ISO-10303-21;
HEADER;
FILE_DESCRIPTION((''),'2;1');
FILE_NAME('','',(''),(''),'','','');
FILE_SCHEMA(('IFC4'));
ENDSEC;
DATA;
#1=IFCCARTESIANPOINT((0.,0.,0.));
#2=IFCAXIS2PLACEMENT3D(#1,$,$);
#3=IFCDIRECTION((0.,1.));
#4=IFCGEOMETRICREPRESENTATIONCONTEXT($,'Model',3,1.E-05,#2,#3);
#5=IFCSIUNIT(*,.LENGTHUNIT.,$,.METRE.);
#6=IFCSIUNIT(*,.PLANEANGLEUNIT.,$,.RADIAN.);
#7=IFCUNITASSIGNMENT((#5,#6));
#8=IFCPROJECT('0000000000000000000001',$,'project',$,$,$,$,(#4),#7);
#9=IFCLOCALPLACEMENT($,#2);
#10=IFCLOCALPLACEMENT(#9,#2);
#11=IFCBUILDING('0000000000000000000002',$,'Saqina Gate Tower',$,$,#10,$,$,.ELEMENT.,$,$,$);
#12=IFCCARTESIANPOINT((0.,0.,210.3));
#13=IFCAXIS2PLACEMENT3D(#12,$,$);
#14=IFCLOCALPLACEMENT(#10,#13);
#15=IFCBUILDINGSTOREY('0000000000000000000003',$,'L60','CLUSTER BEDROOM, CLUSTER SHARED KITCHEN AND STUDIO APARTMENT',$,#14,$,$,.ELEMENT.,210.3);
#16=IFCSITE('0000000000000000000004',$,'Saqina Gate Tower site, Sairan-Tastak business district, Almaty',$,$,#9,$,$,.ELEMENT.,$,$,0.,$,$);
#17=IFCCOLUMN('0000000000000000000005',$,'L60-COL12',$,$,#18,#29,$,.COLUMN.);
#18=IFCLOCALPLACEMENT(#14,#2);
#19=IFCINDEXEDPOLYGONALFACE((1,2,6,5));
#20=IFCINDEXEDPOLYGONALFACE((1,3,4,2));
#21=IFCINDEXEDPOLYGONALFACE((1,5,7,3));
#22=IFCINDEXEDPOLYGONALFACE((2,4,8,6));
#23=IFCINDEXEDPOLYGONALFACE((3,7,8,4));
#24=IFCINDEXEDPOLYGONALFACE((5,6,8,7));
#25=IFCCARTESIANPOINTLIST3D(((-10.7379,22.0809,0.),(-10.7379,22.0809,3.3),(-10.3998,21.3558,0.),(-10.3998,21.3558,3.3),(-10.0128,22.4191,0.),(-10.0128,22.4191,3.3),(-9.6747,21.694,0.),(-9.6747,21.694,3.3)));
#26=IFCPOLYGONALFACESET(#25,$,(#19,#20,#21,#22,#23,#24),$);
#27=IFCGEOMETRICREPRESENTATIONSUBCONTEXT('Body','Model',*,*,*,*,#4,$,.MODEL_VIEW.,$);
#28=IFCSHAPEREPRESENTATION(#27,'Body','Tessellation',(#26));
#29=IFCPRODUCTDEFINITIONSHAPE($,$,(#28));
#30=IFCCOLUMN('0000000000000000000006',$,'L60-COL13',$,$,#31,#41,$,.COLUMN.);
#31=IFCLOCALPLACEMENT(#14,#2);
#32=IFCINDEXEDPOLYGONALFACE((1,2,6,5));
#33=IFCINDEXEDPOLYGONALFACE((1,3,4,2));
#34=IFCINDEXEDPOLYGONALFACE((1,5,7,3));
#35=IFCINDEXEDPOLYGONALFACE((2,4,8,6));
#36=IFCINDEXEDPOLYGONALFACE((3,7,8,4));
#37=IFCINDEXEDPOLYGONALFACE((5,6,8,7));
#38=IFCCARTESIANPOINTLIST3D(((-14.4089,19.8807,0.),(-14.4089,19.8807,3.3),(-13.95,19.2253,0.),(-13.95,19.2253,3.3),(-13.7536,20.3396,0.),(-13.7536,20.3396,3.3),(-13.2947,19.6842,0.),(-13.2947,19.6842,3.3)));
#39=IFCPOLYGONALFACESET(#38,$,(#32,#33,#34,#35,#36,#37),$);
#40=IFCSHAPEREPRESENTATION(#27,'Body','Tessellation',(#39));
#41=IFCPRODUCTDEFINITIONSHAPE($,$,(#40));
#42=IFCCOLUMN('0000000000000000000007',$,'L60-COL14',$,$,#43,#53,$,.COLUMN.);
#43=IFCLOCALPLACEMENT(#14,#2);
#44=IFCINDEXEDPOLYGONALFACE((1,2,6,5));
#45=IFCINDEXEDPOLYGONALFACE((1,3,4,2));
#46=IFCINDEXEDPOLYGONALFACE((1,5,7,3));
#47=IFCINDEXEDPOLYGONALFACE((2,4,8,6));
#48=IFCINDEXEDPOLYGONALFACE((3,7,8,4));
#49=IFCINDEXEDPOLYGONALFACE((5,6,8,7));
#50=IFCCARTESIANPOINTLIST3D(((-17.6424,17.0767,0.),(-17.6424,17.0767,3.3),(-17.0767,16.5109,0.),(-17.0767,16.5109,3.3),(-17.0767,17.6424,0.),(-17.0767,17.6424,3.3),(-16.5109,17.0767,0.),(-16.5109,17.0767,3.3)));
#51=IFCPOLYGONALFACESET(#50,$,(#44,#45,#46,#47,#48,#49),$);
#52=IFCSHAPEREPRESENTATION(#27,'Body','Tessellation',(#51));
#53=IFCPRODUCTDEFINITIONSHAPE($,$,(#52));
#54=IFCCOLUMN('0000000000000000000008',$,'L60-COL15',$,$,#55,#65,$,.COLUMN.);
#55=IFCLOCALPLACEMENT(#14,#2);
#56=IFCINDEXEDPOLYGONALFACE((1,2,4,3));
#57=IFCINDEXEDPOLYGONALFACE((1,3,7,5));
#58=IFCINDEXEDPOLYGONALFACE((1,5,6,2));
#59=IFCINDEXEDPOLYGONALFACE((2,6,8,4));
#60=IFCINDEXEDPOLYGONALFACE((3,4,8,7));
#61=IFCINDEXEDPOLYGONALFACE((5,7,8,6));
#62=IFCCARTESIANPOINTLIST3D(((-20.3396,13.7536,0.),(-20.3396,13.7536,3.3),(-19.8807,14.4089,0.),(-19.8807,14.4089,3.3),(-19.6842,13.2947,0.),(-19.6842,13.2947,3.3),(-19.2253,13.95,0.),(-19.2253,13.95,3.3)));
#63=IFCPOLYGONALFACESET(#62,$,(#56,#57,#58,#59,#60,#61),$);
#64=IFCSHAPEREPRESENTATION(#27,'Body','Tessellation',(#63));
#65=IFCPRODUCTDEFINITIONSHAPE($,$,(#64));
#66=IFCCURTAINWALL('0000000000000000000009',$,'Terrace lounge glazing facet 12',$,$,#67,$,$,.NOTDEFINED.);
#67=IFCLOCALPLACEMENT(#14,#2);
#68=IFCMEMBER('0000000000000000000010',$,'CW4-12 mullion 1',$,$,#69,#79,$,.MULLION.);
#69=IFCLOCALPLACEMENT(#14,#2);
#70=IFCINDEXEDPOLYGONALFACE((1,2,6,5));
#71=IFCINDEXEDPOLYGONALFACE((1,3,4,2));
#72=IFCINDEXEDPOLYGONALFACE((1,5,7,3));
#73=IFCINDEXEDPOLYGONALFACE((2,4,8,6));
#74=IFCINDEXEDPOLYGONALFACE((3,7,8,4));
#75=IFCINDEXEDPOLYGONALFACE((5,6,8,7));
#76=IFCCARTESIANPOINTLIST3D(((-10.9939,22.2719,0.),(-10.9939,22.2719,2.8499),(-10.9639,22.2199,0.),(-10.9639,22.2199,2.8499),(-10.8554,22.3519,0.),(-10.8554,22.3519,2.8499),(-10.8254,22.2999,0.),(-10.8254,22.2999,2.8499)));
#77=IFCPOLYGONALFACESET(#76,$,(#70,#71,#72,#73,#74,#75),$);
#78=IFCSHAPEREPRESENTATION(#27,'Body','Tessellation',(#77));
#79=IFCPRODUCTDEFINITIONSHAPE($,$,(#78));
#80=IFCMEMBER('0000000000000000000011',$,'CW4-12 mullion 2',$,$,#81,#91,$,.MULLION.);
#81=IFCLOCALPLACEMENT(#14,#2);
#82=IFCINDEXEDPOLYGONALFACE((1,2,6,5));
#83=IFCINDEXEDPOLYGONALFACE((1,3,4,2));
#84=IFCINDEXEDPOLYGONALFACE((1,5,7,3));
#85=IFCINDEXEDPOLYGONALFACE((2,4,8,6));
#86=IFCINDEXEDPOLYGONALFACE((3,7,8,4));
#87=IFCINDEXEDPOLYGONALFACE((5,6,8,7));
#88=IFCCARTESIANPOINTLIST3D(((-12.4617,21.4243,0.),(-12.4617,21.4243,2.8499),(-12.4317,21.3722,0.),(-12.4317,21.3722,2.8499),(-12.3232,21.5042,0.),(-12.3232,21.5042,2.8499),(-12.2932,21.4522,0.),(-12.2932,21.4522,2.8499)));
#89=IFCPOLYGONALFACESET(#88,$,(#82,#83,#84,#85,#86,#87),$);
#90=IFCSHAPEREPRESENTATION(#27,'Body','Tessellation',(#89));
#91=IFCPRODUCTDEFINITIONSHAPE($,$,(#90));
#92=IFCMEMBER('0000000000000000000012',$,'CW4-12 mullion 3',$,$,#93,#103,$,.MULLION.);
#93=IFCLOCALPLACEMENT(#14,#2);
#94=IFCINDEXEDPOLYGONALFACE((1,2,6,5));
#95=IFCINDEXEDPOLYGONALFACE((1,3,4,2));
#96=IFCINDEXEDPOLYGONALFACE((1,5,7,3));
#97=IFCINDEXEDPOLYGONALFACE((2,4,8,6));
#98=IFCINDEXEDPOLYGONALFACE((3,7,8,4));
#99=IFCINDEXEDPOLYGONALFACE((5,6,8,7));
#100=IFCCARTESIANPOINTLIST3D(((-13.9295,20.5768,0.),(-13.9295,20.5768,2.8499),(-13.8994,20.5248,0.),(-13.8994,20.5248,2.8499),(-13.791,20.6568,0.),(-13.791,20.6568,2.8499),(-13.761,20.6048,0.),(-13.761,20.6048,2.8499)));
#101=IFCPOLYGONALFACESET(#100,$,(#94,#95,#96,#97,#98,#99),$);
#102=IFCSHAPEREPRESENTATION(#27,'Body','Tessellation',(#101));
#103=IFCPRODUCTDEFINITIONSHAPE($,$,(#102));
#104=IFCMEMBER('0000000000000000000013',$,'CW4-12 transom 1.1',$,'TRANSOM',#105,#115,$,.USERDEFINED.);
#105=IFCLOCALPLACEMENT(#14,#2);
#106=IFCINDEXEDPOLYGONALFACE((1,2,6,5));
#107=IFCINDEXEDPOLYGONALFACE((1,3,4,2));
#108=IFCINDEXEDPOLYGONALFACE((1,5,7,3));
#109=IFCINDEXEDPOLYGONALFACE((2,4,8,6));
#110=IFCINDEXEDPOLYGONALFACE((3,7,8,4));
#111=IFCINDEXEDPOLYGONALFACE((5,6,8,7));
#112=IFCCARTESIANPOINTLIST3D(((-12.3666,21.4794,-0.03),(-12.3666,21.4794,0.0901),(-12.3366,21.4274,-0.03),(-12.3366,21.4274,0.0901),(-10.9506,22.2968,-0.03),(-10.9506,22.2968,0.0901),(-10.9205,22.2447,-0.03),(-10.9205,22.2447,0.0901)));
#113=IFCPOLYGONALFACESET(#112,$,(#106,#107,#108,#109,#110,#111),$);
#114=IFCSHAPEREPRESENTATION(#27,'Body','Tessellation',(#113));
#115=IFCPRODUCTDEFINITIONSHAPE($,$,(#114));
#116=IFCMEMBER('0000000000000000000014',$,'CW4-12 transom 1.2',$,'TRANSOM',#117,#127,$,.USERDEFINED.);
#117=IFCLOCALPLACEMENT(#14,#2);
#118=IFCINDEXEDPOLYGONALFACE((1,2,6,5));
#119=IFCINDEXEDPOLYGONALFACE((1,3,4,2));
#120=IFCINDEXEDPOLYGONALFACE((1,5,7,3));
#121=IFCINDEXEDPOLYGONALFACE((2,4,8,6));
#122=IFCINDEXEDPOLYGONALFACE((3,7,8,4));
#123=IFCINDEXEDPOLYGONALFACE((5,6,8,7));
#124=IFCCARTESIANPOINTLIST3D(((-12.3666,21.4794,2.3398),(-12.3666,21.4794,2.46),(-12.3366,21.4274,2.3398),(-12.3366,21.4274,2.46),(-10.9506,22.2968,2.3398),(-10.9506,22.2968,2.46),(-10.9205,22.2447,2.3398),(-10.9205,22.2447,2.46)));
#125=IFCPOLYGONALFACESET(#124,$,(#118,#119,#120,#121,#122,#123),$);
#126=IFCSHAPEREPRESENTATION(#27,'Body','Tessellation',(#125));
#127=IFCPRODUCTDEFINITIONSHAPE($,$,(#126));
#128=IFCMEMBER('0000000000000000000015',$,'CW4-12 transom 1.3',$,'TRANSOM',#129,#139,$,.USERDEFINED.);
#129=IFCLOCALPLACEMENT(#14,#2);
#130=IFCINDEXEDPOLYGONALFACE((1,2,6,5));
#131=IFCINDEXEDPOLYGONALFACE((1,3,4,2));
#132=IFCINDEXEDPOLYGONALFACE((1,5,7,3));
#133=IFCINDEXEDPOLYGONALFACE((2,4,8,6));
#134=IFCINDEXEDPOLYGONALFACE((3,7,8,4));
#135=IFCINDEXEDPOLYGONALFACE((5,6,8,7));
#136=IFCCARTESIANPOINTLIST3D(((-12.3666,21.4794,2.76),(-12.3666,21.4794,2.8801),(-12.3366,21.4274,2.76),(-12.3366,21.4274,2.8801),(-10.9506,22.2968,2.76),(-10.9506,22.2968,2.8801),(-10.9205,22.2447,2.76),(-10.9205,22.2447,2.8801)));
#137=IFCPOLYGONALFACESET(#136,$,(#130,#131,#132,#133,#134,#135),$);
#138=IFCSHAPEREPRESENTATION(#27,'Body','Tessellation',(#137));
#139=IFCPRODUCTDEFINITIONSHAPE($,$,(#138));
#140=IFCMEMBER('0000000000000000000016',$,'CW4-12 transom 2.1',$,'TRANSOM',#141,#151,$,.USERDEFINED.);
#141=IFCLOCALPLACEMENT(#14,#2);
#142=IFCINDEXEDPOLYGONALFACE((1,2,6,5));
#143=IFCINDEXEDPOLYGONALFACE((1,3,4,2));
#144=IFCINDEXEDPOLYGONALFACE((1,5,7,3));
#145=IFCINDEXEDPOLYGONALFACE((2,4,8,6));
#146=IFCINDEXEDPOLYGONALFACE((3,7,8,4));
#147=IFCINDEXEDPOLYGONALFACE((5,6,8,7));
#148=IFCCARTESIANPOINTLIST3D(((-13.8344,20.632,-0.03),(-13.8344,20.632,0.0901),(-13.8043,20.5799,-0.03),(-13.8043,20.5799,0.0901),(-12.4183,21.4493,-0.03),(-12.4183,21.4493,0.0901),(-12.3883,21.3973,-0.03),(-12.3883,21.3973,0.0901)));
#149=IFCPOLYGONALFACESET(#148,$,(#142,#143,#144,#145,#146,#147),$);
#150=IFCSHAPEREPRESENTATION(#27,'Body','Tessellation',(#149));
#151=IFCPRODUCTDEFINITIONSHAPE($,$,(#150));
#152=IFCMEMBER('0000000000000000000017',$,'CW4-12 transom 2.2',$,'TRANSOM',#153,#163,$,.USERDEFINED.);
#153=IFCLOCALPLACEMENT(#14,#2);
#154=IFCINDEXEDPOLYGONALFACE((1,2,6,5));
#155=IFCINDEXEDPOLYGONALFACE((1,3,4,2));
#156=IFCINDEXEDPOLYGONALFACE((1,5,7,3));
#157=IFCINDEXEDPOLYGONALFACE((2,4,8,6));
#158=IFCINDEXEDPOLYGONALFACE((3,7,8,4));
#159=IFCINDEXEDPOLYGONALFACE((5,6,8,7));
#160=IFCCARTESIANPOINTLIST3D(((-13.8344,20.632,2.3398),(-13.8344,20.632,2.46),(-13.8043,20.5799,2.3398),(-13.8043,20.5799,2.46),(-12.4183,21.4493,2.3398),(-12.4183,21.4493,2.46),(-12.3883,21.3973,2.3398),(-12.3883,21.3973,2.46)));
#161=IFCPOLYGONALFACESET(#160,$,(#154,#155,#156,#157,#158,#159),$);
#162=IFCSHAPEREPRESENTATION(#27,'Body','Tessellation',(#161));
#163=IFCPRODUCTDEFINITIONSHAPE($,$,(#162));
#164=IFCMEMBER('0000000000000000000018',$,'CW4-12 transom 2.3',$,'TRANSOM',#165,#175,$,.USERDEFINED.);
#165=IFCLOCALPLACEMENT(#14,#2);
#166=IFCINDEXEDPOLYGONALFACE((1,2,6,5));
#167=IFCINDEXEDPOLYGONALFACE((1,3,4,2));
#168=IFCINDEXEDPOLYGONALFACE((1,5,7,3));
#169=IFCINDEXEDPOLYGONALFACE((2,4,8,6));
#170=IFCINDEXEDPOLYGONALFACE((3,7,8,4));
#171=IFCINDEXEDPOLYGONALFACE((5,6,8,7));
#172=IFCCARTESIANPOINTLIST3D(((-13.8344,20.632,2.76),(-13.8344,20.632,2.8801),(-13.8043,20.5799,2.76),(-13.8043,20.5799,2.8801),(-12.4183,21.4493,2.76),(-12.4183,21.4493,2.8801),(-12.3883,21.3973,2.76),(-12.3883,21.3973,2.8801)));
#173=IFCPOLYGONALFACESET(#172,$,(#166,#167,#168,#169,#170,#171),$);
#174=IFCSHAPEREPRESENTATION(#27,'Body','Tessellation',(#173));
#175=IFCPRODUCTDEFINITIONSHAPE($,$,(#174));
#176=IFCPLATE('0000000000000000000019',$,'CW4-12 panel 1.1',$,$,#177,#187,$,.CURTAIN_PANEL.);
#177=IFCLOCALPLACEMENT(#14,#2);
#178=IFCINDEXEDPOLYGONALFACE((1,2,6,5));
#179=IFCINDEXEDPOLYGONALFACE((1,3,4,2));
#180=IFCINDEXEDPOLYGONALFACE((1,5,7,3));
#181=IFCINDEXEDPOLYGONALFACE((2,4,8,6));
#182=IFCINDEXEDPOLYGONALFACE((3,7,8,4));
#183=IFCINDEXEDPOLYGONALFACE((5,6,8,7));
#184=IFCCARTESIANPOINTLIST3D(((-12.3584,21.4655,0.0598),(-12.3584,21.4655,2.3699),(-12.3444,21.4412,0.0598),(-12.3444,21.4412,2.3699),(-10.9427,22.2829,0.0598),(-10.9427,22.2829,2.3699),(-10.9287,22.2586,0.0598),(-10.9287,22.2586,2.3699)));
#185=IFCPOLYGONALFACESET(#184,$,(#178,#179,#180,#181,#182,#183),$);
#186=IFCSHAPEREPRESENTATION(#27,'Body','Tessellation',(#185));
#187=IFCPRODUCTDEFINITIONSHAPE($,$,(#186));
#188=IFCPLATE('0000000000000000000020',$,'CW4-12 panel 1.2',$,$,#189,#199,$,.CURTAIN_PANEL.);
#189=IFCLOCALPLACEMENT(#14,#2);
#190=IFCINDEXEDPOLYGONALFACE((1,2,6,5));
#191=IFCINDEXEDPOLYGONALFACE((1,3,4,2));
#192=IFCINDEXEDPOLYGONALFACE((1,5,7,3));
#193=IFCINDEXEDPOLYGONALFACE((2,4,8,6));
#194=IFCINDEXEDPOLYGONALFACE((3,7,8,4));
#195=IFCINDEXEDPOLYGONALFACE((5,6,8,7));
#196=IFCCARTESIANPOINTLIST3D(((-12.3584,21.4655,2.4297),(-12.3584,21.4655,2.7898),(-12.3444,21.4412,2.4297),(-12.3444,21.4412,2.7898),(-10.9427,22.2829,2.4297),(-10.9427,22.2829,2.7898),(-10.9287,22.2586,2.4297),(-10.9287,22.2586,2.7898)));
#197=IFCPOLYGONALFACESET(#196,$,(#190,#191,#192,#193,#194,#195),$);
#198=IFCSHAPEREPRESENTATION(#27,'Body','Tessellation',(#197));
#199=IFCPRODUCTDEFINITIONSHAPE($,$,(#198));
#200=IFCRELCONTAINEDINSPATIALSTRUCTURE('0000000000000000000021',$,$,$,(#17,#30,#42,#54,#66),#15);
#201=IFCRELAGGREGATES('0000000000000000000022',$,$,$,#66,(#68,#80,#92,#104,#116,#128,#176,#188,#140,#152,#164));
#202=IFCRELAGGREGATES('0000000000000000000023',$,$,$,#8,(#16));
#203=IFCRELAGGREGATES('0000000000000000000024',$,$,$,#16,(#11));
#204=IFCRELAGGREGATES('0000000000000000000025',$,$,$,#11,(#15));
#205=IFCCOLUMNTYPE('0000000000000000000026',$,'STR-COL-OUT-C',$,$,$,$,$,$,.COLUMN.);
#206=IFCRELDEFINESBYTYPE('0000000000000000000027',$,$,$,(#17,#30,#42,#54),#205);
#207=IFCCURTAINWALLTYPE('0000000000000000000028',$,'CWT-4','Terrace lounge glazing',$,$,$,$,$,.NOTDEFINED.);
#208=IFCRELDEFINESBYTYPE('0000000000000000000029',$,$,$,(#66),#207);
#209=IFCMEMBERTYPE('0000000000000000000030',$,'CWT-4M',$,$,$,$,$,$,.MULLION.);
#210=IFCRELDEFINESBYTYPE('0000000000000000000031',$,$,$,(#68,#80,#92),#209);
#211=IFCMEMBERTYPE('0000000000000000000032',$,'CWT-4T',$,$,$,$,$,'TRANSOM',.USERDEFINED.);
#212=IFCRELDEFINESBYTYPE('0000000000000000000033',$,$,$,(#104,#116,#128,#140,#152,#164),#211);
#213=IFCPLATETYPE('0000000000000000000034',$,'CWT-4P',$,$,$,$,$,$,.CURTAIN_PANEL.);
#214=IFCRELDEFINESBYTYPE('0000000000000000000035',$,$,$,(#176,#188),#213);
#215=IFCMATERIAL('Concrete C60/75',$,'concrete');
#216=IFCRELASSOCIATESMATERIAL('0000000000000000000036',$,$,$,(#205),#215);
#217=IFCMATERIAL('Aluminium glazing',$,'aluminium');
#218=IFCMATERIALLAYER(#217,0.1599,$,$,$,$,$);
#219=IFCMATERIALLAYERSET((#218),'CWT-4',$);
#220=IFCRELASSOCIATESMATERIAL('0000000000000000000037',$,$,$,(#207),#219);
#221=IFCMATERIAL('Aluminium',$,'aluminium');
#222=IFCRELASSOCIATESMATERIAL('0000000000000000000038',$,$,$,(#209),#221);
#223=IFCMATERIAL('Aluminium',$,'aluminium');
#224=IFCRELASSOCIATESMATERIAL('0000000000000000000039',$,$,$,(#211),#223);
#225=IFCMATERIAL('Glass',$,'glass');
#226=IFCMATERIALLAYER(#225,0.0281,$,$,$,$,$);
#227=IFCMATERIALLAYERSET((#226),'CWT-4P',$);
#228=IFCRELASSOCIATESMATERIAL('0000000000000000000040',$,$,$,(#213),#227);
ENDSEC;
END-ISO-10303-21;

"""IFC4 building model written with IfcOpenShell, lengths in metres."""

from ifc_helpers import new_model, si_unit, direction, frame, origin, origin_2d, place, context, subcontext, project, spatial, rectangle, extrude, material, layer, layer_set, material_profile, profile_set, type_object, element, aggregate, save


model = new_model("IFC4")

# Units and contexts
model_context = context("Model", 3, precision=1e-05, world=origin(), true_north=direction((0.0, 1.0)))
body_context = subcontext(model_context, "Body", "Model", "MODEL_VIEW")
ifc_project = project(units=[si_unit("LENGTHUNIT", "METRE"), si_unit("PLANEANGLEUNIT", "RADIAN")], contexts=[model_context])

# Site, building, storey
site_placement = place(None, origin())
site = spatial("IfcSite", under=ifc_project, at=site_placement, Name="Saqina Gate Tower site, Sairan-Tastak business district, Almaty", CompositionType="ELEMENT", RefElevation=0.0)
building_placement = place(site_placement, origin())
building = spatial("IfcBuilding", under=site, at=building_placement, Name="Saqina Gate Tower", CompositionType="ELEMENT")
storey_placement = place(building_placement, frame((0.0, 0.0, 210.3)))
storey = spatial("IfcBuildingStorey", under=building, at=storey_placement, Name="L60", Description="CLUSTER BEDROOM, CLUSTER SHARED KITCHEN AND STUDIO APARTMENT", CompositionType="ELEMENT", Elevation=210.3)

# Columns
ifc_material_1 = material(Name="Concrete C60/75", Category="concrete")
ifc_material_profile_1 = material_profile(ifc_material_1, rectangle(XDim=0.8, YDim=0.8, at=origin_2d()), Name="RC 800x800")
ifc_profile_set_1 = profile_set([ifc_material_profile_1], Name="Concrete C60/75")
column_type = type_object("IfcColumnType", Name="STR-COL-OUT-C", PredefinedType="COLUMN", material=ifc_profile_set_1)
for number, where, z_axis, x_axis, name in (
    (1, (-10.2063, 21.8875, 0.0), (0.0, 0.0, 1.0), (-0.422618, 0.906308, 0.0), "L60-COL12"),
    (2, (-13.8518, 19.7825, 0.0), (0.0, 0.0, 1.0), (-0.573576, 0.819152, 0.0), "L60-COL13"),
    (3, (-17.0767, 17.0767, 0.0), (0.0, 0.0, 1.0), (-0.707107, 0.707107, 0.0), "L60-COL14"),
    (4, (-19.7825, 13.8518, 0.0), (0.0, 0.0, 1.0), (-0.819152, 0.573576, 0.0), "L60-COL15"),
):
    element("IfcColumn", number, at=place(storey_placement, frame(where, z_axis=z_axis, x_axis=x_axis)), inside=storey, type_object=column_type, Name=name, PredefinedType="COLUMN", context=body_context, shape_type="SweptSolid", body=[
        extrude(rectangle(XDim=0.8, YDim=0.8, at=origin_2d()), origin(), (0.0, 0.0, 1.0), 3.3),
    ])

# Curtain wall, members, plates
ifc_material_2 = material(Name="Aluminium glazing", Category="aluminium")
ifc_layer_1 = layer(ifc_material_2, 0.1599)
ifc_layer_set_1 = layer_set([ifc_layer_1], Name="CWT-4")
curtain_wall_type = type_object("IfcCurtainWallType", Name="CWT-4", Description="Terrace lounge glazing", PredefinedType="NOTDEFINED", material=ifc_layer_set_1)
curtain_wall_placement = place(storey_placement, origin())
curtain_wall = element("IfcCurtainWall", 5, at=curtain_wall_placement, inside=storey, type_object=curtain_wall_type, Name="Terrace lounge glazing facet 12", PredefinedType="NOTDEFINED")
ifc_material_3 = material(Name="Aluminium", Category="aluminium")
ifc_material_profile_2 = material_profile(ifc_material_3, rectangle(XDim=0.0601, YDim=0.1599, at=origin_2d()), Name="Aluminium 60x160")
ifc_profile_set_2 = profile_set([ifc_material_profile_2], Name="Aluminium")
member_type_1 = type_object("IfcMemberType", Name="CWT-4M", PredefinedType="MULLION", material=ifc_profile_set_2)
member_1_placement = place(storey_placement, frame((-10.9097, 22.2859, 0.0), z_axis=(0.0, 0.0, 1.0), x_axis=(0.500014, -0.866017, 0.0)))
member_1 = element("IfcMember", 6, at=member_1_placement, type_object=member_type_1, Name="CW4-12 mullion 1", PredefinedType="MULLION", context=body_context, shape_type="SweptSolid", body=[
    extrude(rectangle(XDim=0.0601, YDim=0.1599, at=origin_2d()), origin(), (0.0, 0.0, 1.0), 2.8499),
])
member_2_placement = place(storey_placement, frame((-12.3774, 21.4382, 0.0), z_axis=(0.0, 0.0, 1.0), x_axis=(0.500014, -0.866017, 0.0)))
member_2 = element("IfcMember", 7, at=member_2_placement, type_object=member_type_1, Name="CW4-12 mullion 2", PredefinedType="MULLION", context=body_context, shape_type="SweptSolid", body=[
    extrude(rectangle(XDim=0.0601, YDim=0.1599, at=origin_2d()), origin(), (0.0, 0.0, 1.0), 2.8499),
])
member_3_placement = place(storey_placement, frame((-13.8452, 20.5908, 0.0), z_axis=(0.0, 0.0, 1.0), x_axis=(0.500014, -0.866017, 0.0)))
member_3 = element("IfcMember", 8, at=member_3_placement, type_object=member_type_1, Name="CW4-12 mullion 3", PredefinedType="MULLION", context=body_context, shape_type="SweptSolid", body=[
    extrude(rectangle(XDim=0.0601, YDim=0.1599, at=origin_2d()), origin(), (0.0, 0.0, 1.0), 2.8499),
])
ifc_material_4 = material(Name="Aluminium", Category="aluminium")
ifc_material_profile_3 = material_profile(ifc_material_4, rectangle(XDim=0.0601, YDim=0.1201, at=origin_2d()), Name="Aluminium 60x120")
ifc_profile_set_3 = profile_set([ifc_material_profile_3], Name="Aluminium")
member_type_2 = type_object("IfcMemberType", Name="CWT-4T", ElementType="TRANSOM", PredefinedType="USERDEFINED", material=ifc_profile_set_3)
member_4_placement = place(storey_placement, frame((-10.9355, 22.2708, 0.03), z_axis=(-0.866066, -0.499929, 0.0), x_axis=(0.499929, -0.866066, 0.0)))
member_4 = element("IfcMember", 9, at=member_4_placement, type_object=member_type_2, Name="CW4-12 transom 1.1", ObjectType="TRANSOM", PredefinedType="USERDEFINED", context=body_context, shape_type="SweptSolid", body=[
    extrude(rectangle(XDim=0.0601, YDim=0.1201, at=origin_2d()), origin(), (0.0, 0.0, 1.0), 1.635),
])
member_5_placement = place(storey_placement, frame((-10.9355, 22.2708, 2.3999), z_axis=(-0.866066, -0.499929, 0.0), x_axis=(0.499929, -0.866066, 0.0)))
member_5 = element("IfcMember", 10, at=member_5_placement, type_object=member_type_2, Name="CW4-12 transom 1.2", ObjectType="TRANSOM", PredefinedType="USERDEFINED", context=body_context, shape_type="SweptSolid", body=[
    extrude(rectangle(XDim=0.0601, YDim=0.1201, at=origin_2d()), origin(), (0.0, 0.0, 1.0), 1.635),
])
member_6_placement = place(storey_placement, frame((-10.9355, 22.2708, 2.8201), z_axis=(-0.866066, -0.499929, 0.0), x_axis=(0.499929, -0.866066, 0.0)))
member_6 = element("IfcMember", 11, at=member_6_placement, type_object=member_type_2, Name="CW4-12 transom 1.3", ObjectType="TRANSOM", PredefinedType="USERDEFINED", context=body_context, shape_type="SweptSolid", body=[
    extrude(rectangle(XDim=0.0601, YDim=0.1201, at=origin_2d()), origin(), (0.0, 0.0, 1.0), 1.635),
])
member_7_placement = place(storey_placement, frame((-12.4033, 21.4233, 0.03), z_axis=(-0.866066, -0.499929, 0.0), x_axis=(0.499929, -0.866066, 0.0)))
member_7 = element("IfcMember", 12, at=member_7_placement, type_object=member_type_2, Name="CW4-12 transom 2.1", ObjectType="TRANSOM", PredefinedType="USERDEFINED", context=body_context, shape_type="SweptSolid", body=[
    extrude(rectangle(XDim=0.0601, YDim=0.1201, at=origin_2d()), origin(), (0.0, 0.0, 1.0), 1.635),
])
member_8_placement = place(storey_placement, frame((-12.4033, 21.4233, 2.3999), z_axis=(-0.866066, -0.499929, 0.0), x_axis=(0.499929, -0.866066, 0.0)))
member_8 = element("IfcMember", 13, at=member_8_placement, type_object=member_type_2, Name="CW4-12 transom 2.2", ObjectType="TRANSOM", PredefinedType="USERDEFINED", context=body_context, shape_type="SweptSolid", body=[
    extrude(rectangle(XDim=0.0601, YDim=0.1201, at=origin_2d()), origin(), (0.0, 0.0, 1.0), 1.635),
])
member_9_placement = place(storey_placement, frame((-12.4033, 21.4233, 2.8201), z_axis=(-0.866066, -0.499929, 0.0), x_axis=(0.499929, -0.866066, 0.0)))
member_9 = element("IfcMember", 14, at=member_9_placement, type_object=member_type_2, Name="CW4-12 transom 2.3", ObjectType="TRANSOM", PredefinedType="USERDEFINED", context=body_context, shape_type="SweptSolid", body=[
    extrude(rectangle(XDim=0.0601, YDim=0.1201, at=origin_2d()), origin(), (0.0, 0.0, 1.0), 1.635),
])
ifc_material_5 = material(Name="Glass", Category="glass")
ifc_layer_2 = layer(ifc_material_5, 0.0281)
ifc_layer_set_2 = layer_set([ifc_layer_2], Name="CWT-4P")
plate_type = type_object("IfcPlateType", Name="CWT-4P", PredefinedType="CURTAIN_PANEL", material=ifc_layer_set_2)
plate_1_placement = place(storey_placement, frame((-11.6436, 21.8621, 0.0598), z_axis=(0.0, 0.0, 1.0), x_axis=(-0.866017, -0.500014, 0.0)))
plate_1 = element("IfcPlate", 15, at=plate_1_placement, type_object=plate_type, Name="CW4-12 panel 1.1", PredefinedType="CURTAIN_PANEL", context=body_context, shape_type="SweptSolid", body=[
    extrude(rectangle(XDim=1.6348, YDim=0.0281, at=origin_2d()), origin(), (0.0, 0.0, 1.0), 2.3101),
])
plate_2_placement = place(storey_placement, frame((-11.6436, 21.8621, 2.4297), z_axis=(0.0, 0.0, 1.0), x_axis=(-0.866017, -0.500014, 0.0)))
plate_2 = element("IfcPlate", 16, at=plate_2_placement, type_object=plate_type, Name="CW4-12 panel 1.2", PredefinedType="CURTAIN_PANEL", context=body_context, shape_type="SweptSolid", body=[
    extrude(rectangle(XDim=1.6348, YDim=0.0281, at=origin_2d()), origin(), (0.0, 0.0, 1.0), 0.3601),
])
aggregate(curtain_wall, [member_1, member_2, member_3, member_4, member_5, member_6, plate_1, plate_2, member_7, member_8, member_9])

save(model, "model.ifc")
